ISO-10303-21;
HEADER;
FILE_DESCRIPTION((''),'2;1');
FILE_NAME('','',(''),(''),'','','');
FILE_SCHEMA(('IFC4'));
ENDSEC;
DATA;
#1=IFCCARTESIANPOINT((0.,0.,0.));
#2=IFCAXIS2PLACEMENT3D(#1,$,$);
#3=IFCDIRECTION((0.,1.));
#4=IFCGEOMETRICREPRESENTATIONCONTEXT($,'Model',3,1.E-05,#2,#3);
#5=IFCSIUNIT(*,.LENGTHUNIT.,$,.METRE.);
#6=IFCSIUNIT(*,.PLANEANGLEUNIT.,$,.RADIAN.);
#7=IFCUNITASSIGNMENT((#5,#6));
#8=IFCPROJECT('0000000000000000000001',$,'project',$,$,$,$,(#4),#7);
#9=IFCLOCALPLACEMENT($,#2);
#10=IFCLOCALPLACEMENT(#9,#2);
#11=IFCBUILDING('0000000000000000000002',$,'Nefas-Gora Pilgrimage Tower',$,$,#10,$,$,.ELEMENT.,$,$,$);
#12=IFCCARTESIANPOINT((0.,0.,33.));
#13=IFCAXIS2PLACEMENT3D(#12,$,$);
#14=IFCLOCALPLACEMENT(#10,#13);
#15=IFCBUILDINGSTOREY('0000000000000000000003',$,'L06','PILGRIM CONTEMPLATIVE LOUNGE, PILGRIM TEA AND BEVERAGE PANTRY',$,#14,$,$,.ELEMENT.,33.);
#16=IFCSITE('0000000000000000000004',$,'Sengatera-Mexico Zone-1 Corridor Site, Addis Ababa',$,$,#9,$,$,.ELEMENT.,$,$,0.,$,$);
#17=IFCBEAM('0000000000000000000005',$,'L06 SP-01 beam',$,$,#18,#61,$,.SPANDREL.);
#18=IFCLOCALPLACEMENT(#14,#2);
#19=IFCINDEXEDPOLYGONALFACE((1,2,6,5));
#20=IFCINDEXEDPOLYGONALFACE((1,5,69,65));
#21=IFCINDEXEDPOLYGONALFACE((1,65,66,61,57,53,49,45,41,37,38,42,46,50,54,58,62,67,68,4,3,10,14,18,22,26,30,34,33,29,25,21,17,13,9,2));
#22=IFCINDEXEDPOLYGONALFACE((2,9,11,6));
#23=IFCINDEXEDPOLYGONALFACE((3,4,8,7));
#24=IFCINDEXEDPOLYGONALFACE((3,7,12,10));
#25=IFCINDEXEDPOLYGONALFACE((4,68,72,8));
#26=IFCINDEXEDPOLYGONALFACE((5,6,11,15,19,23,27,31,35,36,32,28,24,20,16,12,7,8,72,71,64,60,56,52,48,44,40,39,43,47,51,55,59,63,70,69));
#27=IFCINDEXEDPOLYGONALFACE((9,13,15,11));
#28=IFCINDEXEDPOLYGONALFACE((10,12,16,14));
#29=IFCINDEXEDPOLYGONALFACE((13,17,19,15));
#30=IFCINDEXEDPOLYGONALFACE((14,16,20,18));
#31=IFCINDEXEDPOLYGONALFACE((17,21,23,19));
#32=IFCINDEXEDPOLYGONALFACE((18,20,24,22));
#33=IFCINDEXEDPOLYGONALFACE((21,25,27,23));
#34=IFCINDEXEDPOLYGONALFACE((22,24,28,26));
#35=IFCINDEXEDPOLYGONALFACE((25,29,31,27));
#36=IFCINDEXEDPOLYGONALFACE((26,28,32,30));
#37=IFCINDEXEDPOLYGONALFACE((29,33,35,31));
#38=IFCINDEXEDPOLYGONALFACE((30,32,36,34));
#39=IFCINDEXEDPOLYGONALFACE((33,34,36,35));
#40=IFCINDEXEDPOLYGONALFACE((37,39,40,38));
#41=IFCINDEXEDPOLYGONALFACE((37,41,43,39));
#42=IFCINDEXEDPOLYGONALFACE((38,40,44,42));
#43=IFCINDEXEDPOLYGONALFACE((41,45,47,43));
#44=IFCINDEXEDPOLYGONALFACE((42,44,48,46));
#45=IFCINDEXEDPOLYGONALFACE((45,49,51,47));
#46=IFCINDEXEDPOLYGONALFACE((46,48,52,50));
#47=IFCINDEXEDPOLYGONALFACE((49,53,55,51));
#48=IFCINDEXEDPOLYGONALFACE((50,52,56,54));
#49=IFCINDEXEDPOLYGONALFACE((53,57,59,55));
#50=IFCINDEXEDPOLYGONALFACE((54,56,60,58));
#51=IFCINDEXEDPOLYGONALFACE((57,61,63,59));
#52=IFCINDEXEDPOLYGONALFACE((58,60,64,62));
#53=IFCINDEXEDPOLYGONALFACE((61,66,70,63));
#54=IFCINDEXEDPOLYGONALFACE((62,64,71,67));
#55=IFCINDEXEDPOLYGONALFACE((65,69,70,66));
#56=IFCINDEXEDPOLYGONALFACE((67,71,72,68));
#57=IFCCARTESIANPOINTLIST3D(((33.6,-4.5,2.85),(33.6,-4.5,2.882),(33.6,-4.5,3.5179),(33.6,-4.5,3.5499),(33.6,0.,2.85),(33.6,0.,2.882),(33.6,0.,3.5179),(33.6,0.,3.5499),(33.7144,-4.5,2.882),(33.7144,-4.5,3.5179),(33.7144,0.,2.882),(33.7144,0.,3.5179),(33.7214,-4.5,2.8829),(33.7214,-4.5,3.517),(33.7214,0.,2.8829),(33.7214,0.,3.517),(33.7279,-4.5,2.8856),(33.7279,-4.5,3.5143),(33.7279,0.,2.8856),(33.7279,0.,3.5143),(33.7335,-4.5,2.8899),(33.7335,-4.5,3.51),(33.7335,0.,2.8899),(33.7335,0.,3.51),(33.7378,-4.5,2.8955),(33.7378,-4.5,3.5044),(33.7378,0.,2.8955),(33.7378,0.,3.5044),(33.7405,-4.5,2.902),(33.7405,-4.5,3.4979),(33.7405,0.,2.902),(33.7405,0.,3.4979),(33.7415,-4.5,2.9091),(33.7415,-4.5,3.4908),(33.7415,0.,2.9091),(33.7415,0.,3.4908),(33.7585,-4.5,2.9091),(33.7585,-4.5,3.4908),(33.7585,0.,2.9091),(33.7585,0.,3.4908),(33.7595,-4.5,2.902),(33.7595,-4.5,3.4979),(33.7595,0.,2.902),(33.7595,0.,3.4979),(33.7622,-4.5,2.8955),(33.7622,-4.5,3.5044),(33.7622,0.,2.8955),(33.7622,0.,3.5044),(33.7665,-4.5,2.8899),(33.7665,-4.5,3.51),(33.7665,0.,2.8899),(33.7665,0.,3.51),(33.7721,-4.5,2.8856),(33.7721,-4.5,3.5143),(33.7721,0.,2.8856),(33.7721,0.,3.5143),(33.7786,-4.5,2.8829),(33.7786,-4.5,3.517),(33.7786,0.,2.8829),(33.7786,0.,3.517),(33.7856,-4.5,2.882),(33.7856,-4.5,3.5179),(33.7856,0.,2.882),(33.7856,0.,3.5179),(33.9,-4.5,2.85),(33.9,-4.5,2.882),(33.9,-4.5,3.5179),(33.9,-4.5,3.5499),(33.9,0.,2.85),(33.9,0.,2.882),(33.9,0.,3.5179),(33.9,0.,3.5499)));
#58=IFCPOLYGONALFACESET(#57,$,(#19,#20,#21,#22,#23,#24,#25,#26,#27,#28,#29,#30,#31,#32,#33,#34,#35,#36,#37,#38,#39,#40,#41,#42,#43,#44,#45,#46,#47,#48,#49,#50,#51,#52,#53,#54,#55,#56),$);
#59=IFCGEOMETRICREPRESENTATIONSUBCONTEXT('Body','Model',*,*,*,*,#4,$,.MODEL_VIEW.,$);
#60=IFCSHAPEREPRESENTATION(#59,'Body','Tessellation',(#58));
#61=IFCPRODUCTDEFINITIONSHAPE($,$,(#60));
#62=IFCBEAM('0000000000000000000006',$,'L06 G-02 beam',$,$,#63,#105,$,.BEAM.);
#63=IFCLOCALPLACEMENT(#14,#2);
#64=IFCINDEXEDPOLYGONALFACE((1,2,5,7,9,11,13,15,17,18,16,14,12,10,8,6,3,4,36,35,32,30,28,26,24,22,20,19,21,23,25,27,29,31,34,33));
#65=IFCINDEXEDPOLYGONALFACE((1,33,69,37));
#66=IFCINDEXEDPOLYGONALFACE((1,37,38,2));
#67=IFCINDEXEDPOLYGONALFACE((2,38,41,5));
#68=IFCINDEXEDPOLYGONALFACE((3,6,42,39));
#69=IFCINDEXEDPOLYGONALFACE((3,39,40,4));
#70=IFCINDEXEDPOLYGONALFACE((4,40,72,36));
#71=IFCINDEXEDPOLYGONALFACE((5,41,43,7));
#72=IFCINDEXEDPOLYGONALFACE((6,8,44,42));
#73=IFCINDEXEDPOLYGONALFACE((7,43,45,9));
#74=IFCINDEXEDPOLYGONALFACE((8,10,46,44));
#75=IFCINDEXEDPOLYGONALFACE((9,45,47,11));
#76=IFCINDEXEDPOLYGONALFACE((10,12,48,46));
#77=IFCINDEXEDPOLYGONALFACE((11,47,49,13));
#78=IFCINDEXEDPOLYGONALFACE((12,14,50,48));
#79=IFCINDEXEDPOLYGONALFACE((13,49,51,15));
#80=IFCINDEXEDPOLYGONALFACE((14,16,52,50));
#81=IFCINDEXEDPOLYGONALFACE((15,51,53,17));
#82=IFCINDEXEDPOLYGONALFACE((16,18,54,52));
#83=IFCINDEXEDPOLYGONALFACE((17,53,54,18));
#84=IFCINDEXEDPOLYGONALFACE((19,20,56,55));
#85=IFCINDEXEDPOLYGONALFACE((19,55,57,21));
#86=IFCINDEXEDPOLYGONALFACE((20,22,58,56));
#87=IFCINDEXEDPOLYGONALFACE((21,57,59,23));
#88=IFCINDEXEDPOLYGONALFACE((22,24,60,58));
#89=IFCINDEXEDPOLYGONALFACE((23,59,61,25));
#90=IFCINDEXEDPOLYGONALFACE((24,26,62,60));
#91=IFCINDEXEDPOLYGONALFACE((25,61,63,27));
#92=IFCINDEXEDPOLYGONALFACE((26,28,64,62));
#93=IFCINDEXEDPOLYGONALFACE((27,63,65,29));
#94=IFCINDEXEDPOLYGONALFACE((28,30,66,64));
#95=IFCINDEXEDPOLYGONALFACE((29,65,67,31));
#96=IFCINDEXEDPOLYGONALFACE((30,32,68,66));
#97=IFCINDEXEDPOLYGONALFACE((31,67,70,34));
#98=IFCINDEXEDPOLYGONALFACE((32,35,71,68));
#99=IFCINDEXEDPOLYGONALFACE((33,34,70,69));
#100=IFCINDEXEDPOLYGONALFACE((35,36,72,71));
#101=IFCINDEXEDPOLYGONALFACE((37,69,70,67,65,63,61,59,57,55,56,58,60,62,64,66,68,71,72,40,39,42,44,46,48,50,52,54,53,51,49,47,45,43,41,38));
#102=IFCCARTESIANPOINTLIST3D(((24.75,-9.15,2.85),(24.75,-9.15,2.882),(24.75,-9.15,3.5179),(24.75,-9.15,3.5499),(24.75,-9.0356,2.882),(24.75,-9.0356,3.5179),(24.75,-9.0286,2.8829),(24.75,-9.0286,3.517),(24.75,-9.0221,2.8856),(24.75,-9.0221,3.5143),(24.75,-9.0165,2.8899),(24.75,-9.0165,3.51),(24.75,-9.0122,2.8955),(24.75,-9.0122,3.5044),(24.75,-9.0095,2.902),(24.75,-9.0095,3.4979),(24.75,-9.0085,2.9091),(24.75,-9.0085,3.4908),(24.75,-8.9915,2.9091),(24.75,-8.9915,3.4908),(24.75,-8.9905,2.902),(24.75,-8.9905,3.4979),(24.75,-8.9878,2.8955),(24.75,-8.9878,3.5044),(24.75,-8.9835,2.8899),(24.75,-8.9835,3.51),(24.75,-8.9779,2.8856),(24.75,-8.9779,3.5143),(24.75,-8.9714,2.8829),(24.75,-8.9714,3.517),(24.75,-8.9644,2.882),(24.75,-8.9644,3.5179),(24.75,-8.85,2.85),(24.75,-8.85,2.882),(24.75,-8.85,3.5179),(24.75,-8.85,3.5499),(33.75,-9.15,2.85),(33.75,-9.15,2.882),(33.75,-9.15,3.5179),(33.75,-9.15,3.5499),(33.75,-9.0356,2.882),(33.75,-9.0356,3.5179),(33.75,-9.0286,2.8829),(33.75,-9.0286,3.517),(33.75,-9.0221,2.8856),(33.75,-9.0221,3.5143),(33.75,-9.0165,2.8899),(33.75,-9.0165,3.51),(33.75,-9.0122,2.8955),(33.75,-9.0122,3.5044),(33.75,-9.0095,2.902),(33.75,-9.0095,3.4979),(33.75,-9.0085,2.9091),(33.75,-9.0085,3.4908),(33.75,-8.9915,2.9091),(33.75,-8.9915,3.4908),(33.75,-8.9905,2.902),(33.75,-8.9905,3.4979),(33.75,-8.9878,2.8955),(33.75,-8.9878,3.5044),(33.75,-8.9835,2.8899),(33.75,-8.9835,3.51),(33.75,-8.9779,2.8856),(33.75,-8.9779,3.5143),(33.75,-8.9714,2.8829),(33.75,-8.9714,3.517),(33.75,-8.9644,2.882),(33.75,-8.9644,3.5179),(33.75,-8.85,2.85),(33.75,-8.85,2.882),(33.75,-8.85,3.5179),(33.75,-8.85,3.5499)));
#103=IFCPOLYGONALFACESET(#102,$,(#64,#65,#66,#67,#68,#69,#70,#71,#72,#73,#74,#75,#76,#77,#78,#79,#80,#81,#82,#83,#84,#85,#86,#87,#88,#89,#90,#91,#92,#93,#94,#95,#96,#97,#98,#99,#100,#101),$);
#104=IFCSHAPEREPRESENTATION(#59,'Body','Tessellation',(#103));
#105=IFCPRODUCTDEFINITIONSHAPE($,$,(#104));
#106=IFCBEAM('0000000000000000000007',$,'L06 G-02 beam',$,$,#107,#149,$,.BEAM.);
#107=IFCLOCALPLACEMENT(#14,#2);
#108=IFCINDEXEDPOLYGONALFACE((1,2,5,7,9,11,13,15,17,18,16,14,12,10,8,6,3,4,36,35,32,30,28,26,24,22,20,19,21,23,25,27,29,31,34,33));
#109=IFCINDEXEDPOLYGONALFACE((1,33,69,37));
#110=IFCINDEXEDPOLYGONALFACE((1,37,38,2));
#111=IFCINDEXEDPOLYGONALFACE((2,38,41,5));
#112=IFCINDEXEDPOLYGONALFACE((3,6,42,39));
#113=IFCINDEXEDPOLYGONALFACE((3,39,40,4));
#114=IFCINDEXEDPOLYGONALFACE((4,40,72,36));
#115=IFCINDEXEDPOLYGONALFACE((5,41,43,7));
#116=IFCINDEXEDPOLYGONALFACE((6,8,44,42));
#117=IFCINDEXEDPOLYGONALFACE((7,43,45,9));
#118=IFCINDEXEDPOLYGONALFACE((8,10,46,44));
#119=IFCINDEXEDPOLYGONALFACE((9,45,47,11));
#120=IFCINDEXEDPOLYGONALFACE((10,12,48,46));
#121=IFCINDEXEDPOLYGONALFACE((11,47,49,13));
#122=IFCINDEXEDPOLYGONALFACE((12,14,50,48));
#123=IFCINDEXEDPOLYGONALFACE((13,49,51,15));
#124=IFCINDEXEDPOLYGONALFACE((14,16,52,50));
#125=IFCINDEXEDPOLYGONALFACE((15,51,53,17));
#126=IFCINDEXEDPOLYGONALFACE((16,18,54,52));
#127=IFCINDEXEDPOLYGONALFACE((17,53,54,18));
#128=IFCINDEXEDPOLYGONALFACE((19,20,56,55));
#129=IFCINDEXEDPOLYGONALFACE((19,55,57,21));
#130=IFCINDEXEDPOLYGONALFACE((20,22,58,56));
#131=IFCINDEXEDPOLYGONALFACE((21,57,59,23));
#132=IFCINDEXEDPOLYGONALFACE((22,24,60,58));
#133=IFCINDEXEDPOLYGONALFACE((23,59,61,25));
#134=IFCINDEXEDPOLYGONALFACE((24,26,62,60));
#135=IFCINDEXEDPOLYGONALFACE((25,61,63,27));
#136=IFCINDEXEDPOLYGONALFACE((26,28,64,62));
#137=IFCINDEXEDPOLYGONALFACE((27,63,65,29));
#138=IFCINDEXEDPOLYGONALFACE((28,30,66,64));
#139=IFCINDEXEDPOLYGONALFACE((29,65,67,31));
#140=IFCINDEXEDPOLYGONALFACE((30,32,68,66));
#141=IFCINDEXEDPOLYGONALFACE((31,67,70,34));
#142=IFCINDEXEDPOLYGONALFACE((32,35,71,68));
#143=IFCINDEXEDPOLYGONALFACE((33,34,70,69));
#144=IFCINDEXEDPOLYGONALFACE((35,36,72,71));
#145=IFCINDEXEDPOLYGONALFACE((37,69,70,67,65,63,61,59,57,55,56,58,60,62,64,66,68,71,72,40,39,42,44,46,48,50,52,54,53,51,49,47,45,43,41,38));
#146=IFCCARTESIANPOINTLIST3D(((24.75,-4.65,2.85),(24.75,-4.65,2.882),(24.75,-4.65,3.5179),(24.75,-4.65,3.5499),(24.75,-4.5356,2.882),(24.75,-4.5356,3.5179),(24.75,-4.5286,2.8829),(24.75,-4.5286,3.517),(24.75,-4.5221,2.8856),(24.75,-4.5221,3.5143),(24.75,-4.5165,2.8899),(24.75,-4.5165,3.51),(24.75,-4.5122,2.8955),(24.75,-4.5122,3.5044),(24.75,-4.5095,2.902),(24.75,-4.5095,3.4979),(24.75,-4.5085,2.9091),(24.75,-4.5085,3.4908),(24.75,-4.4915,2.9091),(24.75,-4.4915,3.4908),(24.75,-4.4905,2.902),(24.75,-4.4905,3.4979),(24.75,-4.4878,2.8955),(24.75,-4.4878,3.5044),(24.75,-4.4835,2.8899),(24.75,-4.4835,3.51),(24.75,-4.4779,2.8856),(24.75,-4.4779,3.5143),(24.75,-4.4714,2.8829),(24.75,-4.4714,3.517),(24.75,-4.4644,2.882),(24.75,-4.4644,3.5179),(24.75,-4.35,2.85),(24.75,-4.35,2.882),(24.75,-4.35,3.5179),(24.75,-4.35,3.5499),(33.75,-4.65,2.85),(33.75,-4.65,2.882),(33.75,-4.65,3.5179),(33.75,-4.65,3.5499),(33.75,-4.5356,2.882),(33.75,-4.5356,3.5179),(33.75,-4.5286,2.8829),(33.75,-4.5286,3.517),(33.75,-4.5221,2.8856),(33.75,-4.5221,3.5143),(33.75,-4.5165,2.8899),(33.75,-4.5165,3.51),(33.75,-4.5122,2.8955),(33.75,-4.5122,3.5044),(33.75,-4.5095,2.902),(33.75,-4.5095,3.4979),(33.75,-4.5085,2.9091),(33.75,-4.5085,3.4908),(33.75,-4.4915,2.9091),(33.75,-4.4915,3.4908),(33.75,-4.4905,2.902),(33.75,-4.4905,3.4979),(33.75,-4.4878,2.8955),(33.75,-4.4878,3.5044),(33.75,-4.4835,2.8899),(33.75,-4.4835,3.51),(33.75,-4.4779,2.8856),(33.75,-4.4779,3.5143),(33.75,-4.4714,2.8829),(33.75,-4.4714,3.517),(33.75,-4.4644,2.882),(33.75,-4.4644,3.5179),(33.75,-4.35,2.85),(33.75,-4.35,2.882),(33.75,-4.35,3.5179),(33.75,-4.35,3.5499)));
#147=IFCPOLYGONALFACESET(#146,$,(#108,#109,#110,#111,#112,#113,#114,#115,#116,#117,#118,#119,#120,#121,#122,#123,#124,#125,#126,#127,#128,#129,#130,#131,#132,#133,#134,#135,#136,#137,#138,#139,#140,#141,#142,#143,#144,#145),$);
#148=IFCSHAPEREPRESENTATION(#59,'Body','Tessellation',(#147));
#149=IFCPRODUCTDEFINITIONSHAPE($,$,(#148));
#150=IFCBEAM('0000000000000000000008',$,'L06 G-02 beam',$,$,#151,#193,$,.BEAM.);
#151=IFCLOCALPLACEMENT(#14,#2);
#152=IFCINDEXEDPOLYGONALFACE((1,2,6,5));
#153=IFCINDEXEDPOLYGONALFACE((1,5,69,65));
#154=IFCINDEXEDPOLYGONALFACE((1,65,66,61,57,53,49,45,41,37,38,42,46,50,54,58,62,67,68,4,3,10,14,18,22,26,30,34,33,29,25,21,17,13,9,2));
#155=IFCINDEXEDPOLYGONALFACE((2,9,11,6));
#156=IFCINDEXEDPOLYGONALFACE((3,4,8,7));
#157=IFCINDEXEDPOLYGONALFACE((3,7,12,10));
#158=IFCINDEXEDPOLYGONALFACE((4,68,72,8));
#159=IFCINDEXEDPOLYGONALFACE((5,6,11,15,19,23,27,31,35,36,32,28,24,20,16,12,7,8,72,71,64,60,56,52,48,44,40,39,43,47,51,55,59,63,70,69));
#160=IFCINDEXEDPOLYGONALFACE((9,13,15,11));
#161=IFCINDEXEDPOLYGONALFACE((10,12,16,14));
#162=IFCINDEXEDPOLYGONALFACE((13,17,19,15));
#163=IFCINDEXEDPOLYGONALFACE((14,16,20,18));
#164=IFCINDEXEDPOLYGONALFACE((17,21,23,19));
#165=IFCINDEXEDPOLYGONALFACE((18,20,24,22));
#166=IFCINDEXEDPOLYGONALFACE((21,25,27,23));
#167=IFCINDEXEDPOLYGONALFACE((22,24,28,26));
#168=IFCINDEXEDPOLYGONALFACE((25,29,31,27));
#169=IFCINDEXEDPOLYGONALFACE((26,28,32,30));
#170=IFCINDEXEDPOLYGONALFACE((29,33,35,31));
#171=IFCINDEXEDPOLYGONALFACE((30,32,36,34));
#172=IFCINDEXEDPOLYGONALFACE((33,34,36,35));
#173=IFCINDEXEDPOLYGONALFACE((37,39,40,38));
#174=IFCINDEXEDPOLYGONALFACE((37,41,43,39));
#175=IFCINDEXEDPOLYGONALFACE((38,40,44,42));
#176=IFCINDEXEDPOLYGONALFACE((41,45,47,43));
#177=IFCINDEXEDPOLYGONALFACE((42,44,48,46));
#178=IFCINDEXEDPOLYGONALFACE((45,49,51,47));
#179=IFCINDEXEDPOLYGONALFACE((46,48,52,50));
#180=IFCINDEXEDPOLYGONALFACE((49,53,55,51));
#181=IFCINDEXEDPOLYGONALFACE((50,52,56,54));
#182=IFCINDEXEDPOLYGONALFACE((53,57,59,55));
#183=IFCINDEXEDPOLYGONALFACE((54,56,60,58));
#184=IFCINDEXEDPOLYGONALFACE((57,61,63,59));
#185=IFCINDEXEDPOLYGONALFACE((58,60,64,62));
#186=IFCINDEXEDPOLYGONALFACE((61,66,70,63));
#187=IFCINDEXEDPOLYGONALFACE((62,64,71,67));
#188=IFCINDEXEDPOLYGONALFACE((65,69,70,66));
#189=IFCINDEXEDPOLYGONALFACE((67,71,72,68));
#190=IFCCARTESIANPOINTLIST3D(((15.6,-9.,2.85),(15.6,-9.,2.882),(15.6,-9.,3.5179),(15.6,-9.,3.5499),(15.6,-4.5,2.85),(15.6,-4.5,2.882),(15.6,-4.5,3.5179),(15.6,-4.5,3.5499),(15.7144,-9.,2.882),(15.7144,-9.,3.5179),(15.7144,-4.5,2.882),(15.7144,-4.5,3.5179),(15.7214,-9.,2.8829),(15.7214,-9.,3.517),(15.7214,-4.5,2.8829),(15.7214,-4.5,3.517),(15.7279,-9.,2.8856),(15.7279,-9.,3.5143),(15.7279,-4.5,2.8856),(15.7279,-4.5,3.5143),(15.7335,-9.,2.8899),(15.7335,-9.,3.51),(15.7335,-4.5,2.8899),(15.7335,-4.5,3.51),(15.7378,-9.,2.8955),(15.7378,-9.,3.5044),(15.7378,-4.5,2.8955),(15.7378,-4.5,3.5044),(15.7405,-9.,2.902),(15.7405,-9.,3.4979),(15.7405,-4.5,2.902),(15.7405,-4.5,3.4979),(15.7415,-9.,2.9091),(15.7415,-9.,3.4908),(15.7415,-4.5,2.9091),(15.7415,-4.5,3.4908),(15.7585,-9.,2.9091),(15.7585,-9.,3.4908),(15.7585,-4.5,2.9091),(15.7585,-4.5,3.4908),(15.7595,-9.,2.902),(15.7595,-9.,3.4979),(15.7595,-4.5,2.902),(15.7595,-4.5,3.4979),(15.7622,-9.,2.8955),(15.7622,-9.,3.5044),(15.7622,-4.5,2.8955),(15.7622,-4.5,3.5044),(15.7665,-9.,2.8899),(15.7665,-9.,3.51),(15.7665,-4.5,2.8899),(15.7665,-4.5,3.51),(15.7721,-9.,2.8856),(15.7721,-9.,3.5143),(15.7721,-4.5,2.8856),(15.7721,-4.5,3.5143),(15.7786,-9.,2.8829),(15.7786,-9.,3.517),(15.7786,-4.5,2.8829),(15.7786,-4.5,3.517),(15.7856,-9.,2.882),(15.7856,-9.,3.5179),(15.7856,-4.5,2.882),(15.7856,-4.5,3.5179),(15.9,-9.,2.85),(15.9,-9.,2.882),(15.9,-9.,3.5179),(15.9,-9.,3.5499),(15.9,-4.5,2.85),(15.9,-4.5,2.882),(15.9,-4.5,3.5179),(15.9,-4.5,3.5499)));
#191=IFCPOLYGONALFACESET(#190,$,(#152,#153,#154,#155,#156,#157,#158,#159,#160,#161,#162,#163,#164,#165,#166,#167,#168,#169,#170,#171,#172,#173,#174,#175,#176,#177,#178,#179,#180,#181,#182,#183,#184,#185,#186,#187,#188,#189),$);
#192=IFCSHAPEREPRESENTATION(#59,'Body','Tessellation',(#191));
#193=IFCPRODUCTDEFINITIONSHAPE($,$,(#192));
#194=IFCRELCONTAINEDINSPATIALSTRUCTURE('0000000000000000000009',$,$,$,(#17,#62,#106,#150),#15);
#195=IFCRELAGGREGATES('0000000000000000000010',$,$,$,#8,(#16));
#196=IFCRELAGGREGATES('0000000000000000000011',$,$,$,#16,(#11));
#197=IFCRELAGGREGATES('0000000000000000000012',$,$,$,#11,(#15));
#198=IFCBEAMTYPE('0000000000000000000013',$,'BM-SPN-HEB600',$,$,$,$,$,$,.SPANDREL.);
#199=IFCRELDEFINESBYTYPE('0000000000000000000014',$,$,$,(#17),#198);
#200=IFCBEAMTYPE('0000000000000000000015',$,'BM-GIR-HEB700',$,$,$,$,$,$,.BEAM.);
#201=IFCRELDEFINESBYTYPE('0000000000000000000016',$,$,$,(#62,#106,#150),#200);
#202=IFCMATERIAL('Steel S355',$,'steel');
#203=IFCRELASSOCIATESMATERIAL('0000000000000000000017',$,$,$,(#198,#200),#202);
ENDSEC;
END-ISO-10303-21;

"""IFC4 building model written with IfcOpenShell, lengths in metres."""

from ifc_helpers import new_model, si_unit, direction, frame, origin, origin_2d, place, context, subcontext, project, spatial, i_section, extrude, source, transform, mapped, material, material_profile, profile_set, type_object, element, save


model = new_model("IFC4")

# Units and contexts
model_context = context("Model", 3, precision=1e-05, world=origin(), true_north=direction((0.0, 1.0)))
body_context = subcontext(model_context, "Body", "Model", "MODEL_VIEW")
ifc_project = project(units=[si_unit("LENGTHUNIT", "METRE"), si_unit("PLANEANGLEUNIT", "RADIAN")], contexts=[model_context])

# Site, building, storey
site_placement = place(None, origin())
site = spatial("IfcSite", under=ifc_project, at=site_placement, Name="Sengatera-Mexico Zone-1 Corridor Site, Addis Ababa", CompositionType="ELEMENT", RefElevation=0.0)
building_placement = place(site_placement, origin())
building = spatial("IfcBuilding", under=site, at=building_placement, Name="Nefas-Gora Pilgrimage Tower", CompositionType="ELEMENT")
storey_placement = place(building_placement, frame((0.0, 0.0, 33.0)))
storey = spatial("IfcBuildingStorey", under=building, at=storey_placement, Name="L06", Description="PILGRIM CONTEMPLATIVE LOUNGE, PILGRIM TEA AND BEVERAGE PANTRY", CompositionType="ELEMENT", Elevation=33.0)

# Beams
ifc_material_1 = material(Name="Steel S355", Category="steel")
ifc_material_profile_1 = material_profile(ifc_material_1, i_section(OverallWidth=0.3, OverallDepth=0.7, WebThickness=0.0171, FlangeThickness=0.032, FilletRadius=0.0271, at=origin_2d()), Name="HEB 700")
ifc_profile_set_1 = profile_set([ifc_material_profile_1], Name="Steel S355")
beam_type_1 = type_object("IfcBeamType", Name="BM-SPN-HEB600", PredefinedType="SPANDREL", material=ifc_profile_set_1)
shared_shape_1 = source(origin(), body_context, "Body", "SweptSolid", [
    extrude(i_section(OverallWidth=0.3, OverallDepth=0.7, WebThickness=0.0171, FlangeThickness=0.032, FilletRadius=0.0271, at=origin_2d()), origin(), (0.0, 0.0, 1.0), 4.5),
])
for number, where, z_axis, x_axis, name in (
    (1, (33.75, -4.5, 3.2), (0.0, 1.0, 0.0), (-1.0, 0.0, 0.0), "L06 SP-01 beam"),
):
    element("IfcBeam", number, at=place(storey_placement, frame(where, z_axis=z_axis, x_axis=x_axis)), inside=storey, type_object=beam_type_1, Name=name, PredefinedType="SPANDREL", context=body_context, shape_type="MappedRepresentation", body=[
        mapped(shared_shape_1, transform((0.0, 0.0, 0.0), x_axis=(1.0, 0.0, 0.0), y_axis=(0.0, 1.0, 0.0), z_axis=(0.0, 0.0, 1.0), scale=1.0)),
    ])
ifc_material_profile_2 = material_profile(ifc_material_1, i_section(OverallWidth=0.3, OverallDepth=0.7, WebThickness=0.0171, FlangeThickness=0.032, FilletRadius=0.0271, at=origin_2d()), Name="HEB 700")
ifc_profile_set_2 = profile_set([ifc_material_profile_2], Name="Steel S355")
beam_type_2 = type_object("IfcBeamType", Name="BM-GIR-HEB700", PredefinedType="BEAM", material=ifc_profile_set_2)
shared_shape_2 = source(origin(), body_context, "Body", "SweptSolid", [
    extrude(i_section(OverallWidth=0.3, OverallDepth=0.7, WebThickness=0.0171, FlangeThickness=0.032, FilletRadius=0.0271, at=origin_2d()), origin(), (0.0, 0.0, 1.0), 9.0),
])
for number, where, z_axis, x_axis, name in (
    (2, (24.75, -9.0, 3.2), (1.0, 0.0, 0.0), (0.0, 1.0, 0.0), "L06 G-02 beam"),
    (3, (24.75, -4.5, 3.2), (1.0, 0.0, 0.0), (0.0, 1.0, 0.0), "L06 G-02 beam"),
):
    element("IfcBeam", number, at=place(storey_placement, frame(where, z_axis=z_axis, x_axis=x_axis)), inside=storey, type_object=beam_type_2, Name=name, PredefinedType="BEAM", context=body_context, shape_type="MappedRepresentation", body=[
        mapped(shared_shape_2, transform((0.0, 0.0, 0.0), x_axis=(1.0, 0.0, 0.0), y_axis=(0.0, 1.0, 0.0), z_axis=(0.0, 0.0, 1.0), scale=1.0)),
    ])
shared_shape_3 = source(origin(), body_context, "Body", "SweptSolid", [
    extrude(i_section(OverallWidth=0.3, OverallDepth=0.7, WebThickness=0.0171, FlangeThickness=0.032, FilletRadius=0.0271, at=origin_2d()), origin(), (0.0, 0.0, 1.0), 4.5),
])
for number, where, z_axis, x_axis, name in (
    (4, (15.75, -9.0, 3.2), (0.0, 1.0, 0.0), (-1.0, 0.0, 0.0), "L06 G-02 beam"),
):
    element("IfcBeam", number, at=place(storey_placement, frame(where, z_axis=z_axis, x_axis=x_axis)), inside=storey, type_object=beam_type_2, Name=name, PredefinedType="BEAM", context=body_context, shape_type="MappedRepresentation", body=[
        mapped(shared_shape_3, transform((0.0, 0.0, 0.0), x_axis=(1.0, 0.0, 0.0), y_axis=(0.0, 1.0, 0.0), z_axis=(0.0, 0.0, 1.0), scale=1.0)),
    ])

save(model, "model.ifc")
